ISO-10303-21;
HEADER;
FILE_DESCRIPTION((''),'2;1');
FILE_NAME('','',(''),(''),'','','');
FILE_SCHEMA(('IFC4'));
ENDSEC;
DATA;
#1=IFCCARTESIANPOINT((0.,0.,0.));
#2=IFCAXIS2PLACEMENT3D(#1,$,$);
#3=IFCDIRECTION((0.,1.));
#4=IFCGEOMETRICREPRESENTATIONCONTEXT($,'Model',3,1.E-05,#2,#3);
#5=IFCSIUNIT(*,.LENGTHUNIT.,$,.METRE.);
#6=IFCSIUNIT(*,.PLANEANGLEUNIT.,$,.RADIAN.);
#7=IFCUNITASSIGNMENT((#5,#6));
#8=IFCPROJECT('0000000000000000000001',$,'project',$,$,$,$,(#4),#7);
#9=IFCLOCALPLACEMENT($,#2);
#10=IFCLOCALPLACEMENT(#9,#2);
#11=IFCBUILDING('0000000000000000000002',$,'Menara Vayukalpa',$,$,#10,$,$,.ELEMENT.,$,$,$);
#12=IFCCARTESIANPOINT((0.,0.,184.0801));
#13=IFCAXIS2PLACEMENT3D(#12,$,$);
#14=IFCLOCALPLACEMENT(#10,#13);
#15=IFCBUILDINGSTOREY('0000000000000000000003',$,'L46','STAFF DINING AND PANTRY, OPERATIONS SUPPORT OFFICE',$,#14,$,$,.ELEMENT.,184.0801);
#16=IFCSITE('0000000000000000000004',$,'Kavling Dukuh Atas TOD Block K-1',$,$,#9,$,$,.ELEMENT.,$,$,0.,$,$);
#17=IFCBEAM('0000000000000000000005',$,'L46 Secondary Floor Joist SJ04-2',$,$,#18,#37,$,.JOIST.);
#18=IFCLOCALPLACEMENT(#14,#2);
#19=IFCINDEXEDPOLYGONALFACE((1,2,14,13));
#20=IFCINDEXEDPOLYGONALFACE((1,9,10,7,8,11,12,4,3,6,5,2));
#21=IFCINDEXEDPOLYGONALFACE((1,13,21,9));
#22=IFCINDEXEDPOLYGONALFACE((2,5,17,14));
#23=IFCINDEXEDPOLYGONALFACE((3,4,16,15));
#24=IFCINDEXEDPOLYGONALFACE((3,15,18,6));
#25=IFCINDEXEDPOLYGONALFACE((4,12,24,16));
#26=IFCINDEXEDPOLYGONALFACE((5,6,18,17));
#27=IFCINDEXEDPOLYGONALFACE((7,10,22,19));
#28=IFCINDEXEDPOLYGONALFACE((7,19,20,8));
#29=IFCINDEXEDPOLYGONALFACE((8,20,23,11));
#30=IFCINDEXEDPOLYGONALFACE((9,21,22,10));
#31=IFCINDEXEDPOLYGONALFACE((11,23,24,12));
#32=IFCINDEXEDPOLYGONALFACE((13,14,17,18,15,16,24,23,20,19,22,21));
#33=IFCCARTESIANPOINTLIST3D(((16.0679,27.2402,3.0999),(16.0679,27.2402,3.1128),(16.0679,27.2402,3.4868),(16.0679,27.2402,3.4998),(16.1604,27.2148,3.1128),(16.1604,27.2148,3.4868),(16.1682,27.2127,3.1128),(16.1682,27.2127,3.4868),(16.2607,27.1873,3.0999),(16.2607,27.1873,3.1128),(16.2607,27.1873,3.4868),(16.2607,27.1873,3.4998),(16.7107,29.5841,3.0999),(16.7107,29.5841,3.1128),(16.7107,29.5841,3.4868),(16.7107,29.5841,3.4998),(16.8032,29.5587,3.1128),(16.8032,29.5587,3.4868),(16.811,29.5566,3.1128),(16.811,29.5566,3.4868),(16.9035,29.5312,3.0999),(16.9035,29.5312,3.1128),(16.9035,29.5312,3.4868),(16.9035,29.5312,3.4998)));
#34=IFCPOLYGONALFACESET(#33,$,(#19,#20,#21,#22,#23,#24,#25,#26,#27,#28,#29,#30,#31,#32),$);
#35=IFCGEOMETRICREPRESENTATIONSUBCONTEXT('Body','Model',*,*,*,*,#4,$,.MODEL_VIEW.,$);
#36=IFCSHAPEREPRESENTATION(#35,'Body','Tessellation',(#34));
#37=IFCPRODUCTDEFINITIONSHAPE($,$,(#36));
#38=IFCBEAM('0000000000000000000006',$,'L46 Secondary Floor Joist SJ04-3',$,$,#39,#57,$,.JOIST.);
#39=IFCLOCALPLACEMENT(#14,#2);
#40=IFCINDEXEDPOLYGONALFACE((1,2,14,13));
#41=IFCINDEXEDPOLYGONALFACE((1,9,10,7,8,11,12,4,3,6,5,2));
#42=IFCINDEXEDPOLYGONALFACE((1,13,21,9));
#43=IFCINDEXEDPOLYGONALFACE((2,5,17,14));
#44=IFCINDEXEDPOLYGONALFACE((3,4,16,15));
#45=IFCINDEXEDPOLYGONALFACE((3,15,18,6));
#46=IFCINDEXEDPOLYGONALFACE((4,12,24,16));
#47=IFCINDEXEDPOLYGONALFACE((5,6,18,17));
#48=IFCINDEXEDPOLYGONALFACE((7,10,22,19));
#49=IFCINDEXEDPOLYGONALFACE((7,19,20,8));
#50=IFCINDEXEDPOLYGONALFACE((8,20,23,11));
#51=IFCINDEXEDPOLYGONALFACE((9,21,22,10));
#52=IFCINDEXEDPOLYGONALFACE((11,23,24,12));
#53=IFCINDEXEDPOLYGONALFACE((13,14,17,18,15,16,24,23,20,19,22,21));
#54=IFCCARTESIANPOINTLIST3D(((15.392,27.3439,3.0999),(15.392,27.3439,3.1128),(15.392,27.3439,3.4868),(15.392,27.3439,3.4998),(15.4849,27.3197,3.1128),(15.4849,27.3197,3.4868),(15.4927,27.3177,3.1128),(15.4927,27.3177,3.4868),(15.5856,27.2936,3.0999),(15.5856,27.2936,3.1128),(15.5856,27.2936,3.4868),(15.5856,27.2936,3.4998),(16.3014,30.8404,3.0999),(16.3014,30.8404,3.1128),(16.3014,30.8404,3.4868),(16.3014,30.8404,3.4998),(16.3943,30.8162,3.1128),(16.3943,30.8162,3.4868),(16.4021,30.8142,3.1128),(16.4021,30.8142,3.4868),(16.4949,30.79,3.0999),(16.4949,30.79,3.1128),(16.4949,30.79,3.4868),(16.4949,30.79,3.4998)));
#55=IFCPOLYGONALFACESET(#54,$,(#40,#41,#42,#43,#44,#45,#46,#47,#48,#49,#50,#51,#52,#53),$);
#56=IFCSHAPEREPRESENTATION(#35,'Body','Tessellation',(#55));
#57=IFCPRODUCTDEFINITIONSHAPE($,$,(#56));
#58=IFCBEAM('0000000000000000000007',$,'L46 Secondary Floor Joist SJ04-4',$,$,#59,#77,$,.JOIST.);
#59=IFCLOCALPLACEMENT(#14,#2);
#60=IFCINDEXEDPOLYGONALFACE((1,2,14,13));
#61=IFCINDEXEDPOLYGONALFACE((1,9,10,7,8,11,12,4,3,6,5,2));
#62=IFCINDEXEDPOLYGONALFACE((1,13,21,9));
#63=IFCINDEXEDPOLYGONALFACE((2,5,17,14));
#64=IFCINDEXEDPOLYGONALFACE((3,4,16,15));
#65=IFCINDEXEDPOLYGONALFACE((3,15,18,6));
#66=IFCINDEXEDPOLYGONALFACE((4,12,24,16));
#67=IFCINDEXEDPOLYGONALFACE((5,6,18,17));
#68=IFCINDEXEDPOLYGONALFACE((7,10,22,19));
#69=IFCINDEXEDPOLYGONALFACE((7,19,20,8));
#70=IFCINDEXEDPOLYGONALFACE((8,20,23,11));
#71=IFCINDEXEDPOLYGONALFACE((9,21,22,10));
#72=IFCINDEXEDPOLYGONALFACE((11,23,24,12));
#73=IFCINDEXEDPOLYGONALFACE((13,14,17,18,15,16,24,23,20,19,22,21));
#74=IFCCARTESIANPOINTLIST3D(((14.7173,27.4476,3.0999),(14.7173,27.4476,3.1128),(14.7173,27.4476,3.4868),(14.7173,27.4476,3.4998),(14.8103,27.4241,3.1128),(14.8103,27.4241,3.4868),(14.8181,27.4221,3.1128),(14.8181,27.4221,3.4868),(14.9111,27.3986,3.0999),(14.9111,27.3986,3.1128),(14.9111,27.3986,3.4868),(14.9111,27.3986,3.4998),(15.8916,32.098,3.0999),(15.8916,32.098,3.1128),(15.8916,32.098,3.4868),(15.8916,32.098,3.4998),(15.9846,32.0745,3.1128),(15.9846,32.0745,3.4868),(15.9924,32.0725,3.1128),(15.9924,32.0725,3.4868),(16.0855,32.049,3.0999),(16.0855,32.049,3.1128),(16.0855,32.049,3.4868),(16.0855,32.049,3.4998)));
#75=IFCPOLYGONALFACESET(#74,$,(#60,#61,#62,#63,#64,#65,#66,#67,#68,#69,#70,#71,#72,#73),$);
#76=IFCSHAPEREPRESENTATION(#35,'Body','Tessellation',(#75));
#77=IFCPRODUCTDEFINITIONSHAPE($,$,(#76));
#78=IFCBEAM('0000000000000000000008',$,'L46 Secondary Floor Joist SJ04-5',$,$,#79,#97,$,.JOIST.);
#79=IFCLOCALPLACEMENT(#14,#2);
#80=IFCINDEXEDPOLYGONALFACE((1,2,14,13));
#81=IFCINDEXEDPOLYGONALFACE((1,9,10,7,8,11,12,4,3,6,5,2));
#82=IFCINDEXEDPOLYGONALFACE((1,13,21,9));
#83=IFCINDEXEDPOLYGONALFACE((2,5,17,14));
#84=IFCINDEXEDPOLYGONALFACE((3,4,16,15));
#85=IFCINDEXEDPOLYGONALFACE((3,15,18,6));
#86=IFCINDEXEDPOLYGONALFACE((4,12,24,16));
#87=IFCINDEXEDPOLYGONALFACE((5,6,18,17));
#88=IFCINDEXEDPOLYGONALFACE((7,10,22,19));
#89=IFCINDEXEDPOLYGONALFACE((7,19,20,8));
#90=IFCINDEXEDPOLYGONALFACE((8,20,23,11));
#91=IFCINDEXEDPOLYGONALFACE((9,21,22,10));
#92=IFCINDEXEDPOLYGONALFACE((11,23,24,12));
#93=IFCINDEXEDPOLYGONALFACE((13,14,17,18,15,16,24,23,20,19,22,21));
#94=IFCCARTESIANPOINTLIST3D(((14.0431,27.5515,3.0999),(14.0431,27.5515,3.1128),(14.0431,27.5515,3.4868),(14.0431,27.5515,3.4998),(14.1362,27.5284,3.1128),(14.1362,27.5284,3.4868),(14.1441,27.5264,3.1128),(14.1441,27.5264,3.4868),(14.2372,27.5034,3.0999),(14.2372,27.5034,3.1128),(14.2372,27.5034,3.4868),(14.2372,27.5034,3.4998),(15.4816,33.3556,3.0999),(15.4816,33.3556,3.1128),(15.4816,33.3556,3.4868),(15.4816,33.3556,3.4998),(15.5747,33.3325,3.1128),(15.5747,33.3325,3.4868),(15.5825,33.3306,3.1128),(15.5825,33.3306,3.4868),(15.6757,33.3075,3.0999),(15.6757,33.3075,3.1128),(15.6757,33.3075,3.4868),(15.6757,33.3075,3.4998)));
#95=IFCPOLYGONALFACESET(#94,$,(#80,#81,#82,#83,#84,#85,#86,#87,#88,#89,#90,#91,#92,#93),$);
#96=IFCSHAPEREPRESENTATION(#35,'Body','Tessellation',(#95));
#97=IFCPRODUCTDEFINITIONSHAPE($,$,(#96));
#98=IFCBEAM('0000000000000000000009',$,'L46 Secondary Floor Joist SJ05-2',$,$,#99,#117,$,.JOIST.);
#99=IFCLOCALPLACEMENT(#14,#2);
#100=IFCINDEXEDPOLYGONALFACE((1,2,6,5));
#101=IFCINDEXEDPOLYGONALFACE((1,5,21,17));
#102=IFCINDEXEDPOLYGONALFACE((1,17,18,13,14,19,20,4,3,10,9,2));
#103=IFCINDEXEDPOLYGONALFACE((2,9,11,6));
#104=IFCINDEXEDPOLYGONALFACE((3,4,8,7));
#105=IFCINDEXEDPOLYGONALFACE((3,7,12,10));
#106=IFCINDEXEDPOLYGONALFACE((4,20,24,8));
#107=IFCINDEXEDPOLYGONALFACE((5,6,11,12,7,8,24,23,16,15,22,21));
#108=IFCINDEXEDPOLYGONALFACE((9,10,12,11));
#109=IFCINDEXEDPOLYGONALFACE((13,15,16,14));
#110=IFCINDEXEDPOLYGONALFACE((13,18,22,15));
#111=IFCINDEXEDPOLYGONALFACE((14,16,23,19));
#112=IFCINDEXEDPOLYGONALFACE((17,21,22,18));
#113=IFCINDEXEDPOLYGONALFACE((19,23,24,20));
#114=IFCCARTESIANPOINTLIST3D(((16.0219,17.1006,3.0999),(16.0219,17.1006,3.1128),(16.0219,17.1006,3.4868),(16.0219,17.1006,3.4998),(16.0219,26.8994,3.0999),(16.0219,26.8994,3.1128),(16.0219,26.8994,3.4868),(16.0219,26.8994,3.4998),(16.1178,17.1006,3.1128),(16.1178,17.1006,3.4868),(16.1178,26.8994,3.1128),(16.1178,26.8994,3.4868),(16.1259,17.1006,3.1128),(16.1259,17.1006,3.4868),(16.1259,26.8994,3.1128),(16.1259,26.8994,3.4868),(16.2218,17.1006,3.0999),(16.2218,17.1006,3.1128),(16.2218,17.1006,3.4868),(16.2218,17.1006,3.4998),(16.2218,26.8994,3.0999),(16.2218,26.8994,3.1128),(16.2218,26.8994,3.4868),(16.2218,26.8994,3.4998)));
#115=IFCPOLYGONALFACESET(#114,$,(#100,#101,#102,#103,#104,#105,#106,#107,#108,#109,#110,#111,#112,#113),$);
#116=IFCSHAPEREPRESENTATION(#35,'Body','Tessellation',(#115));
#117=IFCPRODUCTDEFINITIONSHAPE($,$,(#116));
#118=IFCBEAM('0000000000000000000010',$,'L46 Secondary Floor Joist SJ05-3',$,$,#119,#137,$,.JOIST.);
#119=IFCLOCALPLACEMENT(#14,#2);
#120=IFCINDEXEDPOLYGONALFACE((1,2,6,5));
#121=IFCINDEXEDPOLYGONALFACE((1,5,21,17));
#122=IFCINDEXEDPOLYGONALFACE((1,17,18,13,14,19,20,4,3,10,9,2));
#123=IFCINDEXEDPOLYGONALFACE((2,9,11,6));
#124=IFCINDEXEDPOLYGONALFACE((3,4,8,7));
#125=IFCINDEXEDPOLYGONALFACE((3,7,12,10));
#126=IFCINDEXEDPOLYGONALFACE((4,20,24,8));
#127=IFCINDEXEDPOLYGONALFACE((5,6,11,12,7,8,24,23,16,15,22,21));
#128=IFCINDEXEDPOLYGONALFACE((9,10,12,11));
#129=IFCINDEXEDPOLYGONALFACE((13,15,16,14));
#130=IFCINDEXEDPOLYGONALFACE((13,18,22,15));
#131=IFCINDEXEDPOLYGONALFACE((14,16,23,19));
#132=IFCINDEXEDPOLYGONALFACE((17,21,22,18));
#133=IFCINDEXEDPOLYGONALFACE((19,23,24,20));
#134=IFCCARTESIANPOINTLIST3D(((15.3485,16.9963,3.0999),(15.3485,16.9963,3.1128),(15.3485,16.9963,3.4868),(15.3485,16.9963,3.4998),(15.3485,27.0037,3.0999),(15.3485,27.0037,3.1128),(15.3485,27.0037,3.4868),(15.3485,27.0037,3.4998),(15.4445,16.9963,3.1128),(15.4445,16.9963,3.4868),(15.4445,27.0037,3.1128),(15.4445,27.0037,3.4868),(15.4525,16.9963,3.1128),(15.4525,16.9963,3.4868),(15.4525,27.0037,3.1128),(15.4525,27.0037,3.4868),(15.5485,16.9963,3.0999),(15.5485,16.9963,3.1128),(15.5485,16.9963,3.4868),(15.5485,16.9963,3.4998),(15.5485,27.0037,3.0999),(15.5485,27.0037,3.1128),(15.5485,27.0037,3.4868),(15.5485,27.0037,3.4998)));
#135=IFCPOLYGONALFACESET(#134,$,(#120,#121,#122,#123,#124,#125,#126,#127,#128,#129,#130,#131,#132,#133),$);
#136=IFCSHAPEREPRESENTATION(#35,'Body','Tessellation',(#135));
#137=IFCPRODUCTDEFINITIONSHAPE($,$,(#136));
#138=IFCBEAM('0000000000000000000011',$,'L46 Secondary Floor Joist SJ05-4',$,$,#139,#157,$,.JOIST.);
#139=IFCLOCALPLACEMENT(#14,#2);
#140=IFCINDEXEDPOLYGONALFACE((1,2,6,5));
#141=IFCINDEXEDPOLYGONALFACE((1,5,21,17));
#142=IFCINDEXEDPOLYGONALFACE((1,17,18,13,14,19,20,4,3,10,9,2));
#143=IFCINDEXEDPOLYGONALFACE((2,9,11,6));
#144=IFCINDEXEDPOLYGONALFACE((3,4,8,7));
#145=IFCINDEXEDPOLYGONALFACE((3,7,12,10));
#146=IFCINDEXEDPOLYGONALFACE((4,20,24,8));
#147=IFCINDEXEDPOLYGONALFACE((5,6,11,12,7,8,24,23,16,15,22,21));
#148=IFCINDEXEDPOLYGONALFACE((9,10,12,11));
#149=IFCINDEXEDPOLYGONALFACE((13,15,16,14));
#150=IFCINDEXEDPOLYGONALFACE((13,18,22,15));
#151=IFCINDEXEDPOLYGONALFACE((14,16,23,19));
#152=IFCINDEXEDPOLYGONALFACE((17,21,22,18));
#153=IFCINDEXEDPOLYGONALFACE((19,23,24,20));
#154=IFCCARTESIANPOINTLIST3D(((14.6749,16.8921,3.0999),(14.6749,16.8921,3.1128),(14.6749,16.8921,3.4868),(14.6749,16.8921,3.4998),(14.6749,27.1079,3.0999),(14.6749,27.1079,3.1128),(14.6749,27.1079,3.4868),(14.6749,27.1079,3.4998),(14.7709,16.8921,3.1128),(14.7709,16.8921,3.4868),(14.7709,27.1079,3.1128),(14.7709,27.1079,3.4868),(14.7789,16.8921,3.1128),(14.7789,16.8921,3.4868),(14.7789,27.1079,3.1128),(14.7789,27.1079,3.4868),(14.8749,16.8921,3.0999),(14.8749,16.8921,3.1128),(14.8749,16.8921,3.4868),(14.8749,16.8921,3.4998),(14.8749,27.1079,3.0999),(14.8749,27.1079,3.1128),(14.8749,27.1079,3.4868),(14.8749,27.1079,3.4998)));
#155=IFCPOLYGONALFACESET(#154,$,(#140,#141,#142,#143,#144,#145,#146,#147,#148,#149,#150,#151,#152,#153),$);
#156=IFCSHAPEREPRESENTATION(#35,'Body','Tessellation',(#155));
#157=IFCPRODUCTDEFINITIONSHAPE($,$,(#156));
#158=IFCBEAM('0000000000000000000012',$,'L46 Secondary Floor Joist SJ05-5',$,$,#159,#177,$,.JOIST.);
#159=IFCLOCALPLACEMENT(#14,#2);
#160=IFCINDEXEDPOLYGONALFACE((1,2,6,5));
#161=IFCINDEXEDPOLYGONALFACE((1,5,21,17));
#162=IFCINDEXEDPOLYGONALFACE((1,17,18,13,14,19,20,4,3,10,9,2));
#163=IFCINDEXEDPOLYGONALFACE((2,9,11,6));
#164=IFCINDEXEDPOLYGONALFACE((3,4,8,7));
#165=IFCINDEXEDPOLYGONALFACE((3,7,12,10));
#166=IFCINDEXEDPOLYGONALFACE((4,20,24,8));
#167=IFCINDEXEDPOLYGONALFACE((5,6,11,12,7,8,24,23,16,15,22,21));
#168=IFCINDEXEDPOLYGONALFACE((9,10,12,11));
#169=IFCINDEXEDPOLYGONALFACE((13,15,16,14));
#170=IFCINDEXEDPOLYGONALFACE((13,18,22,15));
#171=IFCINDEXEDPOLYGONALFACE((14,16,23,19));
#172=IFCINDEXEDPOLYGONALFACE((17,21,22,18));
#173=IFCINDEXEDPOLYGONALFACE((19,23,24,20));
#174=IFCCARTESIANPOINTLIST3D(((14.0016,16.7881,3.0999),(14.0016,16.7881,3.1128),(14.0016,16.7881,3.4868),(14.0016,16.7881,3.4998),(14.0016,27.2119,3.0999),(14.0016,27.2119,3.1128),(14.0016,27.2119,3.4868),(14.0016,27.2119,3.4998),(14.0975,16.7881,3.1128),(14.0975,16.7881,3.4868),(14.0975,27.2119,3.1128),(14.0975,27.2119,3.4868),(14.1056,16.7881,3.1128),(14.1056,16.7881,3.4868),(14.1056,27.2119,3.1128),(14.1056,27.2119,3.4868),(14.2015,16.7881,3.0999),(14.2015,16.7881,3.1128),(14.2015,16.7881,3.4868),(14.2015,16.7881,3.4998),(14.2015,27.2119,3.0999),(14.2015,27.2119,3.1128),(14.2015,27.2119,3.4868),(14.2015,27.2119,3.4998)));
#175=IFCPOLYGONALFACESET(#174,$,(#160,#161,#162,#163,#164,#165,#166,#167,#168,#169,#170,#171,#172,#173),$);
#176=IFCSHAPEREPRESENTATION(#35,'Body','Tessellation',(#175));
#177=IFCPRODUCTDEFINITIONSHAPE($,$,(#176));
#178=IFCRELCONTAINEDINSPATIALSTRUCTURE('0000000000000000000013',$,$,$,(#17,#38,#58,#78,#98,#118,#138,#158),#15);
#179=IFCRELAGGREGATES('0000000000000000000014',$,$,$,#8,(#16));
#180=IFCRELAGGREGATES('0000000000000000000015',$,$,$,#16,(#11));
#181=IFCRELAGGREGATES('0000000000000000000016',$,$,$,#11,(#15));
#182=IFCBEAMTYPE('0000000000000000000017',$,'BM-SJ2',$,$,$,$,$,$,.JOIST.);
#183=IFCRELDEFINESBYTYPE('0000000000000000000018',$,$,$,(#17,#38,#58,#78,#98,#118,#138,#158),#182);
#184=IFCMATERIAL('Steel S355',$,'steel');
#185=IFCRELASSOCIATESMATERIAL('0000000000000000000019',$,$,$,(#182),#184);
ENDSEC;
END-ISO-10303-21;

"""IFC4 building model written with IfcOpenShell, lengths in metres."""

from ifc_helpers import new_model, si_unit, direction, frame, origin, origin_2d, place, context, subcontext, project, spatial, i_section, extrude, material, material_profile, profile_set, type_object, element, save


model = new_model("IFC4")

# Units and contexts
model_context = context("Model", 3, precision=1e-05, world=origin(), true_north=direction((0.0, 1.0)))
body_context = subcontext(model_context, "Body", "Model", "MODEL_VIEW")
ifc_project = project(units=[si_unit("LENGTHUNIT", "METRE"), si_unit("PLANEANGLEUNIT", "RADIAN")], contexts=[model_context])

# Site, building, storey
site_placement = place(None, origin())
site = spatial("IfcSite", under=ifc_project, at=site_placement, Name="Kavling Dukuh Atas TOD Block K-1", CompositionType="ELEMENT", RefElevation=0.0)
building_placement = place(site_placement, origin())
building = spatial("IfcBuilding", under=site, at=building_placement, Name="Menara Vayukalpa", CompositionType="ELEMENT")
storey_placement = place(building_placement, frame((0.0, 0.0, 184.0801)))
storey = spatial("IfcBuildingStorey", under=building, at=storey_placement, Name="L46", Description="STAFF DINING AND PANTRY, OPERATIONS SUPPORT OFFICE", CompositionType="ELEMENT", Elevation=184.0801)

# Beams
ifc_material_1 = material(Name="Steel S355", Category="steel")
ifc_material_profile_1 = material_profile(ifc_material_1, i_section(OverallWidth=0.2, OverallDepth=0.3999, WebThickness=0.0081, FlangeThickness=0.0129, at=origin_2d()), Name="WF 400x200x8x13")
ifc_profile_set_1 = profile_set([ifc_material_profile_1], Name="Steel S355")
beam_type_1 = type_object("IfcBeamType", Name="BM-SJ2", PredefinedType="JOIST", material=ifc_profile_set_1)
beam_1_placement = place(storey_placement, frame((16.8071, 29.5576, 3.2998), z_axis=(-0.264503, -0.964385, 0.0), x_axis=(0.964385, -0.264503, 0.0)))
element("IfcBeam", 1, at=beam_1_placement, inside=storey, type_object=beam_type_1, Name="L46 Secondary Floor Joist SJ04-2", PredefinedType="JOIST", context=body_context, shape_type="SweptSolid", body=[
    extrude(i_section(OverallWidth=0.2, OverallDepth=0.3999, WebThickness=0.0081, FlangeThickness=0.0129, at=origin_2d()), origin(), (0.0, 0.0, 1.0), 2.4304),
])
beam_2_placement = place(storey_placement, frame((16.3982, 30.8152, 3.2998), z_axis=(-0.251715, -0.967801, 0.0), x_axis=(0.967801, -0.251715, 0.0)))
element("IfcBeam", 2, at=beam_2_placement, inside=storey, type_object=beam_type_1, Name="L46 Secondary Floor Joist SJ04-3", PredefinedType="JOIST", context=body_context, shape_type="SweptSolid", body=[
    extrude(i_section(OverallWidth=0.2, OverallDepth=0.3999, WebThickness=0.0081, FlangeThickness=0.0129, at=origin_2d()), origin(), (0.0, 0.0, 1.0), 3.6128),
])
beam_3_placement = place(storey_placement, frame((15.9885, 32.0735, 3.2998), z_axis=(-0.244834, -0.969565, 0.0), x_axis=(0.969565, -0.244834, 0.0)))
element("IfcBeam", 3, at=beam_3_placement, inside=storey, type_object=beam_type_1, Name="L46 Secondary Floor Joist SJ04-4", PredefinedType="JOIST", context=body_context, shape_type="SweptSolid", body=[
    extrude(i_section(OverallWidth=0.2, OverallDepth=0.3999, WebThickness=0.0081, FlangeThickness=0.0129, at=origin_2d()), origin(), (0.0, 0.0, 1.0), 4.7964),
])
beam_4_placement = place(storey_placement, frame((15.5786, 33.3315, 3.2998), z_axis=(-0.240556, -0.970635, 0.0), x_axis=(0.970635, -0.240556, 0.0)))
element("IfcBeam", 4, at=beam_4_placement, inside=storey, type_object=beam_type_1, Name="L46 Secondary Floor Joist SJ04-5", PredefinedType="JOIST", context=body_context, shape_type="SweptSolid", body=[
    extrude(i_section(OverallWidth=0.2, OverallDepth=0.3999, WebThickness=0.0081, FlangeThickness=0.0129, at=origin_2d()), origin(), (0.0, 0.0, 1.0), 5.9797),
])
beam_5_placement = place(storey_placement, frame((16.1218, 26.8994, 3.2998), z_axis=(0.0, -1.0, 0.0), x_axis=(1.0, 0.0, 0.0)))
element("IfcBeam", 5, at=beam_5_placement, inside=storey, type_object=beam_type_1, Name="L46 Secondary Floor Joist SJ05-2", PredefinedType="JOIST", context=body_context, shape_type="SweptSolid", body=[
    extrude(i_section(OverallWidth=0.2, OverallDepth=0.3999, WebThickness=0.0081, FlangeThickness=0.0129, at=origin_2d()), origin(), (0.0, 0.0, 1.0), 9.7988),
])
beam_6_placement = place(storey_placement, frame((15.4485, 27.0037, 3.2998), z_axis=(0.0, -1.0, 0.0), x_axis=(1.0, 0.0, 0.0)))
element("IfcBeam", 6, at=beam_6_placement, inside=storey, type_object=beam_type_1, Name="L46 Secondary Floor Joist SJ05-3", PredefinedType="JOIST", context=body_context, shape_type="SweptSolid", body=[
    extrude(i_section(OverallWidth=0.2, OverallDepth=0.3999, WebThickness=0.0081, FlangeThickness=0.0129, at=origin_2d()), origin(), (0.0, 0.0, 1.0), 10.0073),
])
beam_7_placement = place(storey_placement, frame((14.7749, 27.1079, 3.2998), z_axis=(0.0, -1.0, 0.0), x_axis=(1.0, 0.0, 0.0)))
element("IfcBeam", 7, at=beam_7_placement, inside=storey, type_object=beam_type_1, Name="L46 Secondary Floor Joist SJ05-4", PredefinedType="JOIST", context=body_context, shape_type="SweptSolid", body=[
    extrude(i_section(OverallWidth=0.2, OverallDepth=0.3999, WebThickness=0.0081, FlangeThickness=0.0129, at=origin_2d()), origin(), (0.0, 0.0, 1.0), 10.2158),
])
beam_8_placement = place(storey_placement, frame((14.1016, 27.2119, 3.2998), z_axis=(0.0, -1.0, 0.0), x_axis=(1.0, 0.0, 0.0)))
element("IfcBeam", 8, at=beam_8_placement, inside=storey, type_object=beam_type_1, Name="L46 Secondary Floor Joist SJ05-5", PredefinedType="JOIST", context=body_context, shape_type="SweptSolid", body=[
    extrude(i_section(OverallWidth=0.2, OverallDepth=0.3999, WebThickness=0.0081, FlangeThickness=0.0129, at=origin_2d()), origin(), (0.0, 0.0, 1.0), 10.4238),
])

save(model, "model.ifc")
